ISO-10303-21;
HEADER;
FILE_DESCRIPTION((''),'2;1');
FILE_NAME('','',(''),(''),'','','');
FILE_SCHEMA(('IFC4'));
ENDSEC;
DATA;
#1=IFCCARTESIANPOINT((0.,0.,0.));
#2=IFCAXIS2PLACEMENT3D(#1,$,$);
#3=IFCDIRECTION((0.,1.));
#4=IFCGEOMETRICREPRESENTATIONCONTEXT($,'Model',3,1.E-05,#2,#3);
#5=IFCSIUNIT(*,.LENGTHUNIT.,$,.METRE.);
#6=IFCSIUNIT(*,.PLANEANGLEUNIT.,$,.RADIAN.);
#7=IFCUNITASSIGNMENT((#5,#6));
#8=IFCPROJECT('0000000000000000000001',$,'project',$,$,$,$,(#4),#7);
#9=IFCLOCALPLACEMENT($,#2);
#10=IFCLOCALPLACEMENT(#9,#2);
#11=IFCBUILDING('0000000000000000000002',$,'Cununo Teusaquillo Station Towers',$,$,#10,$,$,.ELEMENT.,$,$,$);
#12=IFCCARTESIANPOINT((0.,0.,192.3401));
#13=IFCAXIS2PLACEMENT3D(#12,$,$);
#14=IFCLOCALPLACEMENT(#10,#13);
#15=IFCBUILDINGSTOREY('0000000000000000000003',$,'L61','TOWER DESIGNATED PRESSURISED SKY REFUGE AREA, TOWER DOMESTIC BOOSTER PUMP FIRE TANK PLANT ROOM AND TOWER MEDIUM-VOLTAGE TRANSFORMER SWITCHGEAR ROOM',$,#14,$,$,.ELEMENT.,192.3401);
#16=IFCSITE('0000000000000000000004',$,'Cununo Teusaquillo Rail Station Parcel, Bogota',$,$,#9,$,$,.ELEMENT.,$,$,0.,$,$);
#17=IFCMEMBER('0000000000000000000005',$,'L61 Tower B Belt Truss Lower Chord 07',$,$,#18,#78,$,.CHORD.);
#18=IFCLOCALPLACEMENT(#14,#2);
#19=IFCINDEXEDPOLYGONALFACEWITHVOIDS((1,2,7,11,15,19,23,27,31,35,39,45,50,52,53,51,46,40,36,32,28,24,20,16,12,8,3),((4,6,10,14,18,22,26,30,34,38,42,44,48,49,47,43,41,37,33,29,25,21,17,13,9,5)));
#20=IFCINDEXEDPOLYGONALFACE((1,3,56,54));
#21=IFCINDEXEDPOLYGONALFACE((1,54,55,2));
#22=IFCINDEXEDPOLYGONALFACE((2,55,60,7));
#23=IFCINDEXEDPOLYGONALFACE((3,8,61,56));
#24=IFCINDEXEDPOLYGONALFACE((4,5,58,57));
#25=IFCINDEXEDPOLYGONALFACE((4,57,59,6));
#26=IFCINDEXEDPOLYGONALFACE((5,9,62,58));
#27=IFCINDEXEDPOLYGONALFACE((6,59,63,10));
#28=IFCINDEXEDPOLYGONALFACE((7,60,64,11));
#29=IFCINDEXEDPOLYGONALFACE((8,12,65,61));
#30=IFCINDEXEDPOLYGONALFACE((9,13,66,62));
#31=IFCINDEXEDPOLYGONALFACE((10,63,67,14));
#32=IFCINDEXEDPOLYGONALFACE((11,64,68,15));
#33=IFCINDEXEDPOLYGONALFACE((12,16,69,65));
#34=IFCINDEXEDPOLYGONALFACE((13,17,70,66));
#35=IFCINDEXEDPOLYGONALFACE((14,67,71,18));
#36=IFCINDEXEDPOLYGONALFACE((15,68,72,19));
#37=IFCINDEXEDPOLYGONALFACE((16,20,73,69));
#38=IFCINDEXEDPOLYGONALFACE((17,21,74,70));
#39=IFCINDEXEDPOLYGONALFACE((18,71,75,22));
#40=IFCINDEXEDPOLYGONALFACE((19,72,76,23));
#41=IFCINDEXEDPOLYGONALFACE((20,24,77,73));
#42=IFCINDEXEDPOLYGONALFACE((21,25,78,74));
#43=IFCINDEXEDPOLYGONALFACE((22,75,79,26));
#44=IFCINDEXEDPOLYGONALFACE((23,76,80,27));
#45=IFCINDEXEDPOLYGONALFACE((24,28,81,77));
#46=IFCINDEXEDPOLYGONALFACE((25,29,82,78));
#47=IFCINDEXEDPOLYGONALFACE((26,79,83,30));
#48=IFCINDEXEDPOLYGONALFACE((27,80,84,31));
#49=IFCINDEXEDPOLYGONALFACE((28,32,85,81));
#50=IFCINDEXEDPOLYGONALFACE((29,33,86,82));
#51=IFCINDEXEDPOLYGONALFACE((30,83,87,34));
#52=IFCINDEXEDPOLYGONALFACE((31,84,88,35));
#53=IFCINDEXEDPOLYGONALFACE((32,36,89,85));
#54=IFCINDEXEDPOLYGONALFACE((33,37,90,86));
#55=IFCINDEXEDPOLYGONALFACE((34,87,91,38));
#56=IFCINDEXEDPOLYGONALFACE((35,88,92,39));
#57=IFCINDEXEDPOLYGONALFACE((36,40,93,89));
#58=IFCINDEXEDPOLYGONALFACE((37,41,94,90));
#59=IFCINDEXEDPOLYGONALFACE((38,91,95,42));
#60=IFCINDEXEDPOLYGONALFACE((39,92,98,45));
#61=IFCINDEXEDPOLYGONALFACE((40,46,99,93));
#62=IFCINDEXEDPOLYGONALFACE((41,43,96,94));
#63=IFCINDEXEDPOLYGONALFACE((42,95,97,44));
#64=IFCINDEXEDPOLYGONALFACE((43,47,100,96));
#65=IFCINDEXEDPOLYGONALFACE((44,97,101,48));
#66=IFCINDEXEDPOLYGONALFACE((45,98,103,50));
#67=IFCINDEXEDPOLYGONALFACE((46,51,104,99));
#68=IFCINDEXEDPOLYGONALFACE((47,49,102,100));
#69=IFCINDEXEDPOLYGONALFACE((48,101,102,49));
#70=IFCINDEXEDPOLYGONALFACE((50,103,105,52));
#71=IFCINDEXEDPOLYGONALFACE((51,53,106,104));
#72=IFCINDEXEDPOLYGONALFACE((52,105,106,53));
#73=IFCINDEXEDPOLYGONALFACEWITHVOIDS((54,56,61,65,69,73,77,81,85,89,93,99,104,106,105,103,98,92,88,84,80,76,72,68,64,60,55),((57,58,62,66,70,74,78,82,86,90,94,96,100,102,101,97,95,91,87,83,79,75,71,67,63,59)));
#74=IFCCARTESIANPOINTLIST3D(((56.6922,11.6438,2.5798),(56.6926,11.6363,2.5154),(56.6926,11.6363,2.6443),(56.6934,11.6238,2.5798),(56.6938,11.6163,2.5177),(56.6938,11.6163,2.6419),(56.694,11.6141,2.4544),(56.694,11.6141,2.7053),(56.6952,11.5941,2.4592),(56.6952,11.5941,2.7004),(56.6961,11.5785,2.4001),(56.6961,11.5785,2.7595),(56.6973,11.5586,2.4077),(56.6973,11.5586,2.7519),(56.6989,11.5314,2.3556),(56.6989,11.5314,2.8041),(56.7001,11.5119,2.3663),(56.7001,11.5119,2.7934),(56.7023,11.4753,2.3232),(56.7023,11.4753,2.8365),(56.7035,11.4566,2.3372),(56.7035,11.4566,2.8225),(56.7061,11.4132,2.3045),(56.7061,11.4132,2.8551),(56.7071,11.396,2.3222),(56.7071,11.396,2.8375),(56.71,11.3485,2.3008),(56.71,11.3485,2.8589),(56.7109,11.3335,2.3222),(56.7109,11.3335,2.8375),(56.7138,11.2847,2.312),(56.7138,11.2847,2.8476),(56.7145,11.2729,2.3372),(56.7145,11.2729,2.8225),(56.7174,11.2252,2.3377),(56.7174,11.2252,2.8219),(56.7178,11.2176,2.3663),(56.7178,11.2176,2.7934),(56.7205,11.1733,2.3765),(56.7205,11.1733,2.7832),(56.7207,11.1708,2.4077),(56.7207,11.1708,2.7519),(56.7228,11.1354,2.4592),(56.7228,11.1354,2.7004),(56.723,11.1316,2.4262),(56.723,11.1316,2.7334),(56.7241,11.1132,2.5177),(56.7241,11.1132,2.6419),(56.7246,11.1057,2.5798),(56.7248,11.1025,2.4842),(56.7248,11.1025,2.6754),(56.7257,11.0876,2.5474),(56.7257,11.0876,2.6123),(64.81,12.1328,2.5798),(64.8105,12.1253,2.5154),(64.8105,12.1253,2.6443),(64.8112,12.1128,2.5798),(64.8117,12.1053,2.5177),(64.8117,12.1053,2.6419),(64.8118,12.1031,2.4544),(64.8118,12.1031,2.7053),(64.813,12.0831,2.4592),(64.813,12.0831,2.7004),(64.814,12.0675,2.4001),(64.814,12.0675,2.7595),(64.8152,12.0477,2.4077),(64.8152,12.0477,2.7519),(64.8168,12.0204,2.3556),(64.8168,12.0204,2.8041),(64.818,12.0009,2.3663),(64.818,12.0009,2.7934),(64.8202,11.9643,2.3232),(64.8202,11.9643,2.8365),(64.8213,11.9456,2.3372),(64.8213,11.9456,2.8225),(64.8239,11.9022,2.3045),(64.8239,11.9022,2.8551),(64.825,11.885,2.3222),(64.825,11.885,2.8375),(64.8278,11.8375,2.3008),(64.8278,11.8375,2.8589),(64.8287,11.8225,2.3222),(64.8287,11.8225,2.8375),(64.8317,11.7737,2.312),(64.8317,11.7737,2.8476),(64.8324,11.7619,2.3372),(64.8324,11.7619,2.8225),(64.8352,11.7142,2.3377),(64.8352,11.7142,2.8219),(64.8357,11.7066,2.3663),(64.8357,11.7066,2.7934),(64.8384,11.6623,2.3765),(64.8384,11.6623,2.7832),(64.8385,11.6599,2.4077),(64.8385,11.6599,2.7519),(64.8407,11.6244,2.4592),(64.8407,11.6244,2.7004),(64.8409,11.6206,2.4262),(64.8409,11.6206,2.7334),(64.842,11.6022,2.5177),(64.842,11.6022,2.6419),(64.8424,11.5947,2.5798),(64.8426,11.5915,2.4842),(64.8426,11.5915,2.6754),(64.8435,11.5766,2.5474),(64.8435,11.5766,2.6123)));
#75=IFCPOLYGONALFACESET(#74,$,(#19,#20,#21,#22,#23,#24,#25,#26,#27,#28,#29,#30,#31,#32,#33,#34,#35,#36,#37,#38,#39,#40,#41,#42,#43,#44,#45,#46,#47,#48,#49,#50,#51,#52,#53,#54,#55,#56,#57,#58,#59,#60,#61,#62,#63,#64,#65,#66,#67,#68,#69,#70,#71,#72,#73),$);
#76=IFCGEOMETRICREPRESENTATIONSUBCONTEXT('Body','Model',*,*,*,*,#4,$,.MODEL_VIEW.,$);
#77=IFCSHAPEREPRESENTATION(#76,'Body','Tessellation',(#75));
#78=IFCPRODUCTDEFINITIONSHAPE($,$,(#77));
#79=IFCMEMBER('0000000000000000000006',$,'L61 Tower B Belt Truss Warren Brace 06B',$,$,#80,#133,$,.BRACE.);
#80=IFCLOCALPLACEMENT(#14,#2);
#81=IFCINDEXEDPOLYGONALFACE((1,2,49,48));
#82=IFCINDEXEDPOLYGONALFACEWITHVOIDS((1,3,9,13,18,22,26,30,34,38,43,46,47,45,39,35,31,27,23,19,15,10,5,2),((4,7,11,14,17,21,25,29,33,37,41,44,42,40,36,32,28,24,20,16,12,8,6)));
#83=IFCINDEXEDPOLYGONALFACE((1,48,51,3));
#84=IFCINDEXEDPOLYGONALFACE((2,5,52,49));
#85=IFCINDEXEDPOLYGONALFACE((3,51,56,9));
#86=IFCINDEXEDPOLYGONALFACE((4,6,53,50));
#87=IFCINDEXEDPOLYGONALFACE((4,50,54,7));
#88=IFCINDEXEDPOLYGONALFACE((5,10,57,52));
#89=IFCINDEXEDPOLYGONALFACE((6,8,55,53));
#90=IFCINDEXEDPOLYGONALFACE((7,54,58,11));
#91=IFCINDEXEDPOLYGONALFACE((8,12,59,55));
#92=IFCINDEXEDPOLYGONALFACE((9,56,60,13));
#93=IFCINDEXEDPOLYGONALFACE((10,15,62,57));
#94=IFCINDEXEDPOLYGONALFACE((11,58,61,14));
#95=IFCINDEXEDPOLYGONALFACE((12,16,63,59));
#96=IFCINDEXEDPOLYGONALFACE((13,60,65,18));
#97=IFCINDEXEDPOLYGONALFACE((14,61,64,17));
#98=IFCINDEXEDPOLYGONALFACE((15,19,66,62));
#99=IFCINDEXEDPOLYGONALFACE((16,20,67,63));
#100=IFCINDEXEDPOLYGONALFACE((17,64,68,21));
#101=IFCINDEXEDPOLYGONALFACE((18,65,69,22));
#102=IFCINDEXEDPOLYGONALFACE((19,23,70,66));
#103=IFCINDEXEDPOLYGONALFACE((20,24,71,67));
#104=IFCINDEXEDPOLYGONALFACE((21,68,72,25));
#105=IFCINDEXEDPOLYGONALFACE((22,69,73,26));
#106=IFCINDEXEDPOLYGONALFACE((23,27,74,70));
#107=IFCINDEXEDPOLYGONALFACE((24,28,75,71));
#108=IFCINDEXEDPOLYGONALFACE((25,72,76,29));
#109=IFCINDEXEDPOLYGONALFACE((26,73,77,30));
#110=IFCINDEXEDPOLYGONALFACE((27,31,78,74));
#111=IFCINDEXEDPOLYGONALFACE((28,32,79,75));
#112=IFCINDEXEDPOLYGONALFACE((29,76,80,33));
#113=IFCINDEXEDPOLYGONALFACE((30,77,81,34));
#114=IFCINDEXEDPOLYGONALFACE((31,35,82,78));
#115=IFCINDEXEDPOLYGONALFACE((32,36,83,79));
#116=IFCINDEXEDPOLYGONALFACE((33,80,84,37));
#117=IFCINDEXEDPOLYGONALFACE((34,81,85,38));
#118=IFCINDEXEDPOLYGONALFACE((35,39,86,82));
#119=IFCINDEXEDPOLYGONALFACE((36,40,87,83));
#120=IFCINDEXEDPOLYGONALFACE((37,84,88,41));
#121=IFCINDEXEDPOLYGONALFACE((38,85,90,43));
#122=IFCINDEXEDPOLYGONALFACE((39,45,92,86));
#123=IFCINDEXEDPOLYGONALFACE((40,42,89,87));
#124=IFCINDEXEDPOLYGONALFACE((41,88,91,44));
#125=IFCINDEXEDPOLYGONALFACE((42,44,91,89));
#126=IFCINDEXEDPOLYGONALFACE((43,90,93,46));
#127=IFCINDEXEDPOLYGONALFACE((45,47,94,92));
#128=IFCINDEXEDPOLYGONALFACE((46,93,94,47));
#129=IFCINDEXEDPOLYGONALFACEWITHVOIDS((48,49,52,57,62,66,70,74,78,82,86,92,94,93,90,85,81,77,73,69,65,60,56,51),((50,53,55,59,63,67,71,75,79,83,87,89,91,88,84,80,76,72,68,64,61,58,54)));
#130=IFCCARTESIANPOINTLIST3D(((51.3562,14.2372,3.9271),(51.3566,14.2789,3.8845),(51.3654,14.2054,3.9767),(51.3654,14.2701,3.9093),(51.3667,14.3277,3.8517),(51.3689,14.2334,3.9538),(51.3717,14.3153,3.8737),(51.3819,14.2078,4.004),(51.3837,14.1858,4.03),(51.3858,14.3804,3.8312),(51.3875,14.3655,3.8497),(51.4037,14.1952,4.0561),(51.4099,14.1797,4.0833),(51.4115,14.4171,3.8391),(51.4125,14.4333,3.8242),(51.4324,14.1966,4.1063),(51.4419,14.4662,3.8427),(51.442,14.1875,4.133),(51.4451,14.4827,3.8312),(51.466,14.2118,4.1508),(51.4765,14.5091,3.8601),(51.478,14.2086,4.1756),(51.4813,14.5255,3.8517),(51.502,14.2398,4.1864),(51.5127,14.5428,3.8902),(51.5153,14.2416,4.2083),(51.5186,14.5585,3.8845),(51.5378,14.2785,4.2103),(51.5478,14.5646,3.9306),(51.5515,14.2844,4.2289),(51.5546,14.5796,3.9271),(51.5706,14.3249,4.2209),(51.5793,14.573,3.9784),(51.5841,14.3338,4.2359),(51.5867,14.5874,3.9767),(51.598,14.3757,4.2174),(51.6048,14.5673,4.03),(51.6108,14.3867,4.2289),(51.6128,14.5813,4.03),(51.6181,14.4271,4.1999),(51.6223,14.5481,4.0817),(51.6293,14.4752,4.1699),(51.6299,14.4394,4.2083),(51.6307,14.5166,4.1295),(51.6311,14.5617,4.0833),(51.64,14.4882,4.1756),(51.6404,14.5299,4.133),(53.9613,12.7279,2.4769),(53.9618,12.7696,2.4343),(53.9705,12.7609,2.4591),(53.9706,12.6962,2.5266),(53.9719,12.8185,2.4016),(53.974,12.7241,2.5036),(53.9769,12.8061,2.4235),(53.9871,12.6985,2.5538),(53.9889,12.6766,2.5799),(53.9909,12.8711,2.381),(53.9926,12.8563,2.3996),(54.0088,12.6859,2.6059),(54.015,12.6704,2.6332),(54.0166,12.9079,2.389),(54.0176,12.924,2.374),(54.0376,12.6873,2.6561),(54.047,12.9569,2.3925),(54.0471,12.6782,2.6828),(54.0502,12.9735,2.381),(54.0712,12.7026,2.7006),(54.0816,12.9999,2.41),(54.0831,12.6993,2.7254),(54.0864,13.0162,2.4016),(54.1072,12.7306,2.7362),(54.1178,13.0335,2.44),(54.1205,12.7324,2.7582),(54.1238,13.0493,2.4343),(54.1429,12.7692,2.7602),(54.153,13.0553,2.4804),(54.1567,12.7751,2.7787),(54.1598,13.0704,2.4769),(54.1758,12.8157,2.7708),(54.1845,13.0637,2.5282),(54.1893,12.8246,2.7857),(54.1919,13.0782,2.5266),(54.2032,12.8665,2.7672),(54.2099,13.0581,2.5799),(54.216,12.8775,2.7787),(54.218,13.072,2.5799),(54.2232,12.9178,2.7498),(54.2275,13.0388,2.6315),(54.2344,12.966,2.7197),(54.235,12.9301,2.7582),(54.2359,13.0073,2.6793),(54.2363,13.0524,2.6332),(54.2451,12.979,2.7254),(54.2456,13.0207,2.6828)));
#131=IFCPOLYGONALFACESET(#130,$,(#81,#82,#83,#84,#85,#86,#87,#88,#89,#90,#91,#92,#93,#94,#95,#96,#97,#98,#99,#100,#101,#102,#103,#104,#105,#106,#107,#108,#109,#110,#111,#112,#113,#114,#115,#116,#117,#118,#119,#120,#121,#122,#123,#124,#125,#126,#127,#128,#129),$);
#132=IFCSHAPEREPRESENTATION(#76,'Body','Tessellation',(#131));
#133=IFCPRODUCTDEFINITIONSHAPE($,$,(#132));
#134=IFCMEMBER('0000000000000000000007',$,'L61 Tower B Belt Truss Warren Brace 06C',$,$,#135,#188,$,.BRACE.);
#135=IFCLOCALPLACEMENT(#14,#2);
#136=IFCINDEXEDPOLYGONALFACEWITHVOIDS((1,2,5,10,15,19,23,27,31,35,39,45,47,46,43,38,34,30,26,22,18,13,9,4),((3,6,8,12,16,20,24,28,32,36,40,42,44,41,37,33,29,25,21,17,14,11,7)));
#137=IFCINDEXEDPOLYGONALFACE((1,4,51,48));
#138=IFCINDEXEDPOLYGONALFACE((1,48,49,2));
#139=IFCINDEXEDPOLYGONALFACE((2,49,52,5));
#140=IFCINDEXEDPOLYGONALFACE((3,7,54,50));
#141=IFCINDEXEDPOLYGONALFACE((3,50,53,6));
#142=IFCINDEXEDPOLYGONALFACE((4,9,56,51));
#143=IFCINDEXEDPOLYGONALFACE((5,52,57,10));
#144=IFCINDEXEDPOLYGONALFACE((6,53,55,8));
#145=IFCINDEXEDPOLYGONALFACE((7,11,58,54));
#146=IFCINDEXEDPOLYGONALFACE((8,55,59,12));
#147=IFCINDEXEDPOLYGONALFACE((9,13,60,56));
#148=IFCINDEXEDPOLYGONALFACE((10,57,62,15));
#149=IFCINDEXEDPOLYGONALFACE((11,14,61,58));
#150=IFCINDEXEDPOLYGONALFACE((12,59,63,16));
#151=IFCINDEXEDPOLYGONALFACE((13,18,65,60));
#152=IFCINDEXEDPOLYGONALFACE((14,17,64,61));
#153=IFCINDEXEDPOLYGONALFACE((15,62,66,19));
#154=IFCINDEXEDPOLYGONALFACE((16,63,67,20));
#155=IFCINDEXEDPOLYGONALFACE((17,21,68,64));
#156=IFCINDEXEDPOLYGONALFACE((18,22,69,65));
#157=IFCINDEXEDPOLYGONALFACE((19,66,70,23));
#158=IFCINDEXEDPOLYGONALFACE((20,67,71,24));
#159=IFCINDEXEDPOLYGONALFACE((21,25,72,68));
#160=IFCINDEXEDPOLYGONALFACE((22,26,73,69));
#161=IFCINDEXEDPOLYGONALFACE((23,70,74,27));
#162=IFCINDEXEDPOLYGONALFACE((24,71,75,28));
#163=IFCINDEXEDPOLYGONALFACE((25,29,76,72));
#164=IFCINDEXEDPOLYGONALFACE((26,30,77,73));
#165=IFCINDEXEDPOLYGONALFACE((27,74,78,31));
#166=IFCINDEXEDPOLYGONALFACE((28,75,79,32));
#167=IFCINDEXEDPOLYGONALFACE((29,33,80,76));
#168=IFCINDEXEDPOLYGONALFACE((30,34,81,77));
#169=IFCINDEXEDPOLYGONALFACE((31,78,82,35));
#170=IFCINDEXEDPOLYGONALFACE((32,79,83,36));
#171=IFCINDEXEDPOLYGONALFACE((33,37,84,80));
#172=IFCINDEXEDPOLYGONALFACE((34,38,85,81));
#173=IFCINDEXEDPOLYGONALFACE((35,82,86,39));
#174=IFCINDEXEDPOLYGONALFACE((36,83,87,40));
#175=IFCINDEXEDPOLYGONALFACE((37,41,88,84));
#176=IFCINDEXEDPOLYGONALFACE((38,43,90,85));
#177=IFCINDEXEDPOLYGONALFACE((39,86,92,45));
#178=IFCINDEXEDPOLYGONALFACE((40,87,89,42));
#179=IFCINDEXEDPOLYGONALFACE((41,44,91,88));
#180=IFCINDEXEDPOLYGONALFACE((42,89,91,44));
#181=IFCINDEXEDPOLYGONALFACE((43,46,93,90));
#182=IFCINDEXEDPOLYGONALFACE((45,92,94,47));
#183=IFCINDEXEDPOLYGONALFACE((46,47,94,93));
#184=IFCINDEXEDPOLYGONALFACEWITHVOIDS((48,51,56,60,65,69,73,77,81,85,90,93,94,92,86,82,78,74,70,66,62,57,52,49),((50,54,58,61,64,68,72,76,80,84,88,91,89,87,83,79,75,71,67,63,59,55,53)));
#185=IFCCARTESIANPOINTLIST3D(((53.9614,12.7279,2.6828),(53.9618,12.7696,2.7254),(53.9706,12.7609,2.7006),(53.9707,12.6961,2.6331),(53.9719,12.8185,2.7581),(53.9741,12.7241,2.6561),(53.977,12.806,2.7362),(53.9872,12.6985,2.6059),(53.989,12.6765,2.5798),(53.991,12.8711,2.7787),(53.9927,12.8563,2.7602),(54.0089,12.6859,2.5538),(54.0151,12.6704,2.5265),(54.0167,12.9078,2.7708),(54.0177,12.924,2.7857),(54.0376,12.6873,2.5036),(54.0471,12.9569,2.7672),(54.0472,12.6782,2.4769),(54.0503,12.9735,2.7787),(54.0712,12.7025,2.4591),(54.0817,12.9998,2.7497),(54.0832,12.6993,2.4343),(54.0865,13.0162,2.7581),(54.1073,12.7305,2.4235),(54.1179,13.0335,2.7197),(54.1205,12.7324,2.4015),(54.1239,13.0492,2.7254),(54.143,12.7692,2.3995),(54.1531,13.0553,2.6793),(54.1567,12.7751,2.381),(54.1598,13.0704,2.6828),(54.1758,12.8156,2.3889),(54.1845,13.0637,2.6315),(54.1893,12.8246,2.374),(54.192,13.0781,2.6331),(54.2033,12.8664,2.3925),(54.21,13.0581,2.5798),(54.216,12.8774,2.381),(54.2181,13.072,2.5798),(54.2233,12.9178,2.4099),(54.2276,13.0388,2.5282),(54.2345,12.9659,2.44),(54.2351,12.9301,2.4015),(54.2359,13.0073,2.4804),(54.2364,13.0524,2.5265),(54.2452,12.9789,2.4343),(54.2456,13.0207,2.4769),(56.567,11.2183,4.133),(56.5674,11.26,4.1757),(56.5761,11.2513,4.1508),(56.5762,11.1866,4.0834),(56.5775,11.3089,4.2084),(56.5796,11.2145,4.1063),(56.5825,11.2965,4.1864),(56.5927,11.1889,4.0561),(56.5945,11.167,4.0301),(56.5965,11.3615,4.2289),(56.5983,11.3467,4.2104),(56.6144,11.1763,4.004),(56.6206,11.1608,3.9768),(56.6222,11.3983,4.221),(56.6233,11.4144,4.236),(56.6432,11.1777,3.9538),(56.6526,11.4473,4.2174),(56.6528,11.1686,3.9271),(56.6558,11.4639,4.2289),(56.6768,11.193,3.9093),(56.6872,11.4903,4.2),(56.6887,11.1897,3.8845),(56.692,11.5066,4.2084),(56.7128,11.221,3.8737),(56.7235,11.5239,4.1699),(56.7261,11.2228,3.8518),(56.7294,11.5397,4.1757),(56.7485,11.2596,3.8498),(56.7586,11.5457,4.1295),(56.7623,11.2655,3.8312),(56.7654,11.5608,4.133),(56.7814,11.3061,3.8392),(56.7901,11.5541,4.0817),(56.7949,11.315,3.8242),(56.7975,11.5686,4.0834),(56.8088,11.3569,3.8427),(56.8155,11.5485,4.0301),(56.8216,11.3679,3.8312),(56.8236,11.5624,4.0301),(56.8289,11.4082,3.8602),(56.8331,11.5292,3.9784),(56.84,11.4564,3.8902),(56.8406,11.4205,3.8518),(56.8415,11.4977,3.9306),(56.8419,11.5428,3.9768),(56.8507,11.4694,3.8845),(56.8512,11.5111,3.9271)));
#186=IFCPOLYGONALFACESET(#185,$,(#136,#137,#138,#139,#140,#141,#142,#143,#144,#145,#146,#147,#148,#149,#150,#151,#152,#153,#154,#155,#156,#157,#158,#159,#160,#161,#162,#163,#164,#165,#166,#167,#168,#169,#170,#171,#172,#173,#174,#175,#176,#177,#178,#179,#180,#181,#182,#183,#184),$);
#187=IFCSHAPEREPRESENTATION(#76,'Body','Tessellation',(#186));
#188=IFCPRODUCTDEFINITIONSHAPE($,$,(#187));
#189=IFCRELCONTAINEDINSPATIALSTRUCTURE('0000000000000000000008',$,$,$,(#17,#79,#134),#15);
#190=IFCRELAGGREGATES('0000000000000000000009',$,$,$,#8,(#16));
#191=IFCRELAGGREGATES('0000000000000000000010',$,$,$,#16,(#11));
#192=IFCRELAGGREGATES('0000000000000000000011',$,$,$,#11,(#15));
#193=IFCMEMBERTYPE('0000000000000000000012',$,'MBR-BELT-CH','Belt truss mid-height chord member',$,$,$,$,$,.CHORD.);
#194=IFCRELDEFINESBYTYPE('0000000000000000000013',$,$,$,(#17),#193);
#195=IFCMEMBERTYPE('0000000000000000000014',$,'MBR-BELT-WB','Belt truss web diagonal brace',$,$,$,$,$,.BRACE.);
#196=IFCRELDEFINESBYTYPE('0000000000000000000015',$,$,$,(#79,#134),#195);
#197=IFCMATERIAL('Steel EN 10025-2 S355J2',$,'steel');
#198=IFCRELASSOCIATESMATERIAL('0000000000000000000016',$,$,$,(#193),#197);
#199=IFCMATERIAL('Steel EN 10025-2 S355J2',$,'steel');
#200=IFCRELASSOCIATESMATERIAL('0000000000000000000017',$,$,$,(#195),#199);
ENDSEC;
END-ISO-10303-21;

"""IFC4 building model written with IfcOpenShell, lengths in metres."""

from ifc_helpers import new_model, si_unit, direction, frame, origin, origin_2d, place, context, subcontext, project, spatial, hollow_circle, extrude, material, material_profile, profile_set, type_object, element, save


model = new_model("IFC4")

# Units and contexts
model_context = context("Model", 3, precision=1e-05, world=origin(), true_north=direction((0.0, 1.0)))
body_context = subcontext(model_context, "Body", "Model", "MODEL_VIEW")
ifc_project = project(units=[si_unit("LENGTHUNIT", "METRE"), si_unit("PLANEANGLEUNIT", "RADIAN")], contexts=[model_context])

# Site, building, storey
site_placement = place(None, origin())
site = spatial("IfcSite", under=ifc_project, at=site_placement, Name="Cununo Teusaquillo Rail Station Parcel, Bogota", CompositionType="ELEMENT", RefElevation=0.0)
building_placement = place(site_placement, origin())
building = spatial("IfcBuilding", under=site, at=building_placement, Name="Cununo Teusaquillo Station Towers", CompositionType="ELEMENT")
storey_placement = place(building_placement, frame((0.0, 0.0, 192.3401)))
storey = spatial("IfcBuildingStorey", under=building, at=storey_placement, Name="L61", Description="TOWER DESIGNATED PRESSURISED SKY REFUGE AREA, TOWER DOMESTIC BOOSTER PUMP FIRE TANK PLANT ROOM AND TOWER MEDIUM-VOLTAGE TRANSFORMER SWITCHGEAR ROOM", CompositionType="ELEMENT", Elevation=192.3401)

# Members
ifc_material_1 = material(Name="Steel EN 10025-2 S355J2", Category="steel")
ifc_material_profile_1 = material_profile(ifc_material_1, hollow_circle(Radius=0.2795, WallThickness=0.02, at=origin_2d()), Name="CHS 559x20")
ifc_profile_set_1 = profile_set([ifc_material_profile_1], Name="Steel EN 10025-2 S355J2")
member_type_1 = type_object("IfcMemberType", Name="MBR-BELT-CH", Description="Belt truss mid-height chord member", PredefinedType="CHORD", material=ifc_profile_set_1)
member_1_placement = place(storey_placement, frame((56.709, 11.3647, 2.5798), z_axis=(0.998191, 0.06013, 0.0), x_axis=(-0.06013, 0.998191, 0.0)))
element("IfcMember", 1, at=member_1_placement, inside=storey, type_object=member_type_1, Name="L61 Tower B Belt Truss Lower Chord 07", PredefinedType="CHORD", context=body_context, shape_type="SweptSolid", body=[
    extrude(hollow_circle(Radius=0.2795, WallThickness=0.02, at=origin_2d()), origin(), (0.0, 0.0, 1.0), 8.1326),
])
ifc_material_2 = material(Name="Steel EN 10025-2 S355J2", Category="steel")
ifc_material_profile_2 = material_profile(ifc_material_2, hollow_circle(Radius=0.2285, WallThickness=0.0161, at=origin_2d()), Name="CHS 457x16")
ifc_profile_set_2 = profile_set([ifc_material_profile_2], Name="Steel EN 10025-2 S355J2")
member_type_2 = type_object("IfcMemberType", Name="MBR-BELT-WB", Description="Belt truss web diagonal brace", PredefinedType="BRACE", material=ifc_profile_set_2)
member_2_placement = place(storey_placement, frame((51.4983, 14.3835, 4.03), z_axis=(0.779568, -0.451625, -0.433946), x_axis=(0.501282, 0.865284, 0.0)))
element("IfcMember", 2, at=member_2_placement, inside=storey, type_object=member_type_2, Name="L61 Tower B Belt Truss Warren Brace 06B", PredefinedType="BRACE", context=body_context, shape_type="SweptSolid", body=[
    extrude(hollow_circle(Radius=0.2285, WallThickness=0.0161, at=origin_2d()), origin(), (0.0, 0.0, 1.0), 3.3418),
])
member_3_placement = place(storey_placement, frame((54.1035, 12.8743, 2.5798), z_axis=(0.779571, -0.451657, 0.433907), x_axis=(0.501308, 0.865269, 0.0)))
element("IfcMember", 3, at=member_3_placement, inside=storey, type_object=member_type_2, Name="L61 Tower B Belt Truss Warren Brace 06C", PredefinedType="BRACE", context=body_context, shape_type="SweptSolid", body=[
    extrude(hollow_circle(Radius=0.2285, WallThickness=0.0161, at=origin_2d()), origin(), (0.0, 0.0, 1.0), 3.3423),
])

save(model, "model.ifc")
